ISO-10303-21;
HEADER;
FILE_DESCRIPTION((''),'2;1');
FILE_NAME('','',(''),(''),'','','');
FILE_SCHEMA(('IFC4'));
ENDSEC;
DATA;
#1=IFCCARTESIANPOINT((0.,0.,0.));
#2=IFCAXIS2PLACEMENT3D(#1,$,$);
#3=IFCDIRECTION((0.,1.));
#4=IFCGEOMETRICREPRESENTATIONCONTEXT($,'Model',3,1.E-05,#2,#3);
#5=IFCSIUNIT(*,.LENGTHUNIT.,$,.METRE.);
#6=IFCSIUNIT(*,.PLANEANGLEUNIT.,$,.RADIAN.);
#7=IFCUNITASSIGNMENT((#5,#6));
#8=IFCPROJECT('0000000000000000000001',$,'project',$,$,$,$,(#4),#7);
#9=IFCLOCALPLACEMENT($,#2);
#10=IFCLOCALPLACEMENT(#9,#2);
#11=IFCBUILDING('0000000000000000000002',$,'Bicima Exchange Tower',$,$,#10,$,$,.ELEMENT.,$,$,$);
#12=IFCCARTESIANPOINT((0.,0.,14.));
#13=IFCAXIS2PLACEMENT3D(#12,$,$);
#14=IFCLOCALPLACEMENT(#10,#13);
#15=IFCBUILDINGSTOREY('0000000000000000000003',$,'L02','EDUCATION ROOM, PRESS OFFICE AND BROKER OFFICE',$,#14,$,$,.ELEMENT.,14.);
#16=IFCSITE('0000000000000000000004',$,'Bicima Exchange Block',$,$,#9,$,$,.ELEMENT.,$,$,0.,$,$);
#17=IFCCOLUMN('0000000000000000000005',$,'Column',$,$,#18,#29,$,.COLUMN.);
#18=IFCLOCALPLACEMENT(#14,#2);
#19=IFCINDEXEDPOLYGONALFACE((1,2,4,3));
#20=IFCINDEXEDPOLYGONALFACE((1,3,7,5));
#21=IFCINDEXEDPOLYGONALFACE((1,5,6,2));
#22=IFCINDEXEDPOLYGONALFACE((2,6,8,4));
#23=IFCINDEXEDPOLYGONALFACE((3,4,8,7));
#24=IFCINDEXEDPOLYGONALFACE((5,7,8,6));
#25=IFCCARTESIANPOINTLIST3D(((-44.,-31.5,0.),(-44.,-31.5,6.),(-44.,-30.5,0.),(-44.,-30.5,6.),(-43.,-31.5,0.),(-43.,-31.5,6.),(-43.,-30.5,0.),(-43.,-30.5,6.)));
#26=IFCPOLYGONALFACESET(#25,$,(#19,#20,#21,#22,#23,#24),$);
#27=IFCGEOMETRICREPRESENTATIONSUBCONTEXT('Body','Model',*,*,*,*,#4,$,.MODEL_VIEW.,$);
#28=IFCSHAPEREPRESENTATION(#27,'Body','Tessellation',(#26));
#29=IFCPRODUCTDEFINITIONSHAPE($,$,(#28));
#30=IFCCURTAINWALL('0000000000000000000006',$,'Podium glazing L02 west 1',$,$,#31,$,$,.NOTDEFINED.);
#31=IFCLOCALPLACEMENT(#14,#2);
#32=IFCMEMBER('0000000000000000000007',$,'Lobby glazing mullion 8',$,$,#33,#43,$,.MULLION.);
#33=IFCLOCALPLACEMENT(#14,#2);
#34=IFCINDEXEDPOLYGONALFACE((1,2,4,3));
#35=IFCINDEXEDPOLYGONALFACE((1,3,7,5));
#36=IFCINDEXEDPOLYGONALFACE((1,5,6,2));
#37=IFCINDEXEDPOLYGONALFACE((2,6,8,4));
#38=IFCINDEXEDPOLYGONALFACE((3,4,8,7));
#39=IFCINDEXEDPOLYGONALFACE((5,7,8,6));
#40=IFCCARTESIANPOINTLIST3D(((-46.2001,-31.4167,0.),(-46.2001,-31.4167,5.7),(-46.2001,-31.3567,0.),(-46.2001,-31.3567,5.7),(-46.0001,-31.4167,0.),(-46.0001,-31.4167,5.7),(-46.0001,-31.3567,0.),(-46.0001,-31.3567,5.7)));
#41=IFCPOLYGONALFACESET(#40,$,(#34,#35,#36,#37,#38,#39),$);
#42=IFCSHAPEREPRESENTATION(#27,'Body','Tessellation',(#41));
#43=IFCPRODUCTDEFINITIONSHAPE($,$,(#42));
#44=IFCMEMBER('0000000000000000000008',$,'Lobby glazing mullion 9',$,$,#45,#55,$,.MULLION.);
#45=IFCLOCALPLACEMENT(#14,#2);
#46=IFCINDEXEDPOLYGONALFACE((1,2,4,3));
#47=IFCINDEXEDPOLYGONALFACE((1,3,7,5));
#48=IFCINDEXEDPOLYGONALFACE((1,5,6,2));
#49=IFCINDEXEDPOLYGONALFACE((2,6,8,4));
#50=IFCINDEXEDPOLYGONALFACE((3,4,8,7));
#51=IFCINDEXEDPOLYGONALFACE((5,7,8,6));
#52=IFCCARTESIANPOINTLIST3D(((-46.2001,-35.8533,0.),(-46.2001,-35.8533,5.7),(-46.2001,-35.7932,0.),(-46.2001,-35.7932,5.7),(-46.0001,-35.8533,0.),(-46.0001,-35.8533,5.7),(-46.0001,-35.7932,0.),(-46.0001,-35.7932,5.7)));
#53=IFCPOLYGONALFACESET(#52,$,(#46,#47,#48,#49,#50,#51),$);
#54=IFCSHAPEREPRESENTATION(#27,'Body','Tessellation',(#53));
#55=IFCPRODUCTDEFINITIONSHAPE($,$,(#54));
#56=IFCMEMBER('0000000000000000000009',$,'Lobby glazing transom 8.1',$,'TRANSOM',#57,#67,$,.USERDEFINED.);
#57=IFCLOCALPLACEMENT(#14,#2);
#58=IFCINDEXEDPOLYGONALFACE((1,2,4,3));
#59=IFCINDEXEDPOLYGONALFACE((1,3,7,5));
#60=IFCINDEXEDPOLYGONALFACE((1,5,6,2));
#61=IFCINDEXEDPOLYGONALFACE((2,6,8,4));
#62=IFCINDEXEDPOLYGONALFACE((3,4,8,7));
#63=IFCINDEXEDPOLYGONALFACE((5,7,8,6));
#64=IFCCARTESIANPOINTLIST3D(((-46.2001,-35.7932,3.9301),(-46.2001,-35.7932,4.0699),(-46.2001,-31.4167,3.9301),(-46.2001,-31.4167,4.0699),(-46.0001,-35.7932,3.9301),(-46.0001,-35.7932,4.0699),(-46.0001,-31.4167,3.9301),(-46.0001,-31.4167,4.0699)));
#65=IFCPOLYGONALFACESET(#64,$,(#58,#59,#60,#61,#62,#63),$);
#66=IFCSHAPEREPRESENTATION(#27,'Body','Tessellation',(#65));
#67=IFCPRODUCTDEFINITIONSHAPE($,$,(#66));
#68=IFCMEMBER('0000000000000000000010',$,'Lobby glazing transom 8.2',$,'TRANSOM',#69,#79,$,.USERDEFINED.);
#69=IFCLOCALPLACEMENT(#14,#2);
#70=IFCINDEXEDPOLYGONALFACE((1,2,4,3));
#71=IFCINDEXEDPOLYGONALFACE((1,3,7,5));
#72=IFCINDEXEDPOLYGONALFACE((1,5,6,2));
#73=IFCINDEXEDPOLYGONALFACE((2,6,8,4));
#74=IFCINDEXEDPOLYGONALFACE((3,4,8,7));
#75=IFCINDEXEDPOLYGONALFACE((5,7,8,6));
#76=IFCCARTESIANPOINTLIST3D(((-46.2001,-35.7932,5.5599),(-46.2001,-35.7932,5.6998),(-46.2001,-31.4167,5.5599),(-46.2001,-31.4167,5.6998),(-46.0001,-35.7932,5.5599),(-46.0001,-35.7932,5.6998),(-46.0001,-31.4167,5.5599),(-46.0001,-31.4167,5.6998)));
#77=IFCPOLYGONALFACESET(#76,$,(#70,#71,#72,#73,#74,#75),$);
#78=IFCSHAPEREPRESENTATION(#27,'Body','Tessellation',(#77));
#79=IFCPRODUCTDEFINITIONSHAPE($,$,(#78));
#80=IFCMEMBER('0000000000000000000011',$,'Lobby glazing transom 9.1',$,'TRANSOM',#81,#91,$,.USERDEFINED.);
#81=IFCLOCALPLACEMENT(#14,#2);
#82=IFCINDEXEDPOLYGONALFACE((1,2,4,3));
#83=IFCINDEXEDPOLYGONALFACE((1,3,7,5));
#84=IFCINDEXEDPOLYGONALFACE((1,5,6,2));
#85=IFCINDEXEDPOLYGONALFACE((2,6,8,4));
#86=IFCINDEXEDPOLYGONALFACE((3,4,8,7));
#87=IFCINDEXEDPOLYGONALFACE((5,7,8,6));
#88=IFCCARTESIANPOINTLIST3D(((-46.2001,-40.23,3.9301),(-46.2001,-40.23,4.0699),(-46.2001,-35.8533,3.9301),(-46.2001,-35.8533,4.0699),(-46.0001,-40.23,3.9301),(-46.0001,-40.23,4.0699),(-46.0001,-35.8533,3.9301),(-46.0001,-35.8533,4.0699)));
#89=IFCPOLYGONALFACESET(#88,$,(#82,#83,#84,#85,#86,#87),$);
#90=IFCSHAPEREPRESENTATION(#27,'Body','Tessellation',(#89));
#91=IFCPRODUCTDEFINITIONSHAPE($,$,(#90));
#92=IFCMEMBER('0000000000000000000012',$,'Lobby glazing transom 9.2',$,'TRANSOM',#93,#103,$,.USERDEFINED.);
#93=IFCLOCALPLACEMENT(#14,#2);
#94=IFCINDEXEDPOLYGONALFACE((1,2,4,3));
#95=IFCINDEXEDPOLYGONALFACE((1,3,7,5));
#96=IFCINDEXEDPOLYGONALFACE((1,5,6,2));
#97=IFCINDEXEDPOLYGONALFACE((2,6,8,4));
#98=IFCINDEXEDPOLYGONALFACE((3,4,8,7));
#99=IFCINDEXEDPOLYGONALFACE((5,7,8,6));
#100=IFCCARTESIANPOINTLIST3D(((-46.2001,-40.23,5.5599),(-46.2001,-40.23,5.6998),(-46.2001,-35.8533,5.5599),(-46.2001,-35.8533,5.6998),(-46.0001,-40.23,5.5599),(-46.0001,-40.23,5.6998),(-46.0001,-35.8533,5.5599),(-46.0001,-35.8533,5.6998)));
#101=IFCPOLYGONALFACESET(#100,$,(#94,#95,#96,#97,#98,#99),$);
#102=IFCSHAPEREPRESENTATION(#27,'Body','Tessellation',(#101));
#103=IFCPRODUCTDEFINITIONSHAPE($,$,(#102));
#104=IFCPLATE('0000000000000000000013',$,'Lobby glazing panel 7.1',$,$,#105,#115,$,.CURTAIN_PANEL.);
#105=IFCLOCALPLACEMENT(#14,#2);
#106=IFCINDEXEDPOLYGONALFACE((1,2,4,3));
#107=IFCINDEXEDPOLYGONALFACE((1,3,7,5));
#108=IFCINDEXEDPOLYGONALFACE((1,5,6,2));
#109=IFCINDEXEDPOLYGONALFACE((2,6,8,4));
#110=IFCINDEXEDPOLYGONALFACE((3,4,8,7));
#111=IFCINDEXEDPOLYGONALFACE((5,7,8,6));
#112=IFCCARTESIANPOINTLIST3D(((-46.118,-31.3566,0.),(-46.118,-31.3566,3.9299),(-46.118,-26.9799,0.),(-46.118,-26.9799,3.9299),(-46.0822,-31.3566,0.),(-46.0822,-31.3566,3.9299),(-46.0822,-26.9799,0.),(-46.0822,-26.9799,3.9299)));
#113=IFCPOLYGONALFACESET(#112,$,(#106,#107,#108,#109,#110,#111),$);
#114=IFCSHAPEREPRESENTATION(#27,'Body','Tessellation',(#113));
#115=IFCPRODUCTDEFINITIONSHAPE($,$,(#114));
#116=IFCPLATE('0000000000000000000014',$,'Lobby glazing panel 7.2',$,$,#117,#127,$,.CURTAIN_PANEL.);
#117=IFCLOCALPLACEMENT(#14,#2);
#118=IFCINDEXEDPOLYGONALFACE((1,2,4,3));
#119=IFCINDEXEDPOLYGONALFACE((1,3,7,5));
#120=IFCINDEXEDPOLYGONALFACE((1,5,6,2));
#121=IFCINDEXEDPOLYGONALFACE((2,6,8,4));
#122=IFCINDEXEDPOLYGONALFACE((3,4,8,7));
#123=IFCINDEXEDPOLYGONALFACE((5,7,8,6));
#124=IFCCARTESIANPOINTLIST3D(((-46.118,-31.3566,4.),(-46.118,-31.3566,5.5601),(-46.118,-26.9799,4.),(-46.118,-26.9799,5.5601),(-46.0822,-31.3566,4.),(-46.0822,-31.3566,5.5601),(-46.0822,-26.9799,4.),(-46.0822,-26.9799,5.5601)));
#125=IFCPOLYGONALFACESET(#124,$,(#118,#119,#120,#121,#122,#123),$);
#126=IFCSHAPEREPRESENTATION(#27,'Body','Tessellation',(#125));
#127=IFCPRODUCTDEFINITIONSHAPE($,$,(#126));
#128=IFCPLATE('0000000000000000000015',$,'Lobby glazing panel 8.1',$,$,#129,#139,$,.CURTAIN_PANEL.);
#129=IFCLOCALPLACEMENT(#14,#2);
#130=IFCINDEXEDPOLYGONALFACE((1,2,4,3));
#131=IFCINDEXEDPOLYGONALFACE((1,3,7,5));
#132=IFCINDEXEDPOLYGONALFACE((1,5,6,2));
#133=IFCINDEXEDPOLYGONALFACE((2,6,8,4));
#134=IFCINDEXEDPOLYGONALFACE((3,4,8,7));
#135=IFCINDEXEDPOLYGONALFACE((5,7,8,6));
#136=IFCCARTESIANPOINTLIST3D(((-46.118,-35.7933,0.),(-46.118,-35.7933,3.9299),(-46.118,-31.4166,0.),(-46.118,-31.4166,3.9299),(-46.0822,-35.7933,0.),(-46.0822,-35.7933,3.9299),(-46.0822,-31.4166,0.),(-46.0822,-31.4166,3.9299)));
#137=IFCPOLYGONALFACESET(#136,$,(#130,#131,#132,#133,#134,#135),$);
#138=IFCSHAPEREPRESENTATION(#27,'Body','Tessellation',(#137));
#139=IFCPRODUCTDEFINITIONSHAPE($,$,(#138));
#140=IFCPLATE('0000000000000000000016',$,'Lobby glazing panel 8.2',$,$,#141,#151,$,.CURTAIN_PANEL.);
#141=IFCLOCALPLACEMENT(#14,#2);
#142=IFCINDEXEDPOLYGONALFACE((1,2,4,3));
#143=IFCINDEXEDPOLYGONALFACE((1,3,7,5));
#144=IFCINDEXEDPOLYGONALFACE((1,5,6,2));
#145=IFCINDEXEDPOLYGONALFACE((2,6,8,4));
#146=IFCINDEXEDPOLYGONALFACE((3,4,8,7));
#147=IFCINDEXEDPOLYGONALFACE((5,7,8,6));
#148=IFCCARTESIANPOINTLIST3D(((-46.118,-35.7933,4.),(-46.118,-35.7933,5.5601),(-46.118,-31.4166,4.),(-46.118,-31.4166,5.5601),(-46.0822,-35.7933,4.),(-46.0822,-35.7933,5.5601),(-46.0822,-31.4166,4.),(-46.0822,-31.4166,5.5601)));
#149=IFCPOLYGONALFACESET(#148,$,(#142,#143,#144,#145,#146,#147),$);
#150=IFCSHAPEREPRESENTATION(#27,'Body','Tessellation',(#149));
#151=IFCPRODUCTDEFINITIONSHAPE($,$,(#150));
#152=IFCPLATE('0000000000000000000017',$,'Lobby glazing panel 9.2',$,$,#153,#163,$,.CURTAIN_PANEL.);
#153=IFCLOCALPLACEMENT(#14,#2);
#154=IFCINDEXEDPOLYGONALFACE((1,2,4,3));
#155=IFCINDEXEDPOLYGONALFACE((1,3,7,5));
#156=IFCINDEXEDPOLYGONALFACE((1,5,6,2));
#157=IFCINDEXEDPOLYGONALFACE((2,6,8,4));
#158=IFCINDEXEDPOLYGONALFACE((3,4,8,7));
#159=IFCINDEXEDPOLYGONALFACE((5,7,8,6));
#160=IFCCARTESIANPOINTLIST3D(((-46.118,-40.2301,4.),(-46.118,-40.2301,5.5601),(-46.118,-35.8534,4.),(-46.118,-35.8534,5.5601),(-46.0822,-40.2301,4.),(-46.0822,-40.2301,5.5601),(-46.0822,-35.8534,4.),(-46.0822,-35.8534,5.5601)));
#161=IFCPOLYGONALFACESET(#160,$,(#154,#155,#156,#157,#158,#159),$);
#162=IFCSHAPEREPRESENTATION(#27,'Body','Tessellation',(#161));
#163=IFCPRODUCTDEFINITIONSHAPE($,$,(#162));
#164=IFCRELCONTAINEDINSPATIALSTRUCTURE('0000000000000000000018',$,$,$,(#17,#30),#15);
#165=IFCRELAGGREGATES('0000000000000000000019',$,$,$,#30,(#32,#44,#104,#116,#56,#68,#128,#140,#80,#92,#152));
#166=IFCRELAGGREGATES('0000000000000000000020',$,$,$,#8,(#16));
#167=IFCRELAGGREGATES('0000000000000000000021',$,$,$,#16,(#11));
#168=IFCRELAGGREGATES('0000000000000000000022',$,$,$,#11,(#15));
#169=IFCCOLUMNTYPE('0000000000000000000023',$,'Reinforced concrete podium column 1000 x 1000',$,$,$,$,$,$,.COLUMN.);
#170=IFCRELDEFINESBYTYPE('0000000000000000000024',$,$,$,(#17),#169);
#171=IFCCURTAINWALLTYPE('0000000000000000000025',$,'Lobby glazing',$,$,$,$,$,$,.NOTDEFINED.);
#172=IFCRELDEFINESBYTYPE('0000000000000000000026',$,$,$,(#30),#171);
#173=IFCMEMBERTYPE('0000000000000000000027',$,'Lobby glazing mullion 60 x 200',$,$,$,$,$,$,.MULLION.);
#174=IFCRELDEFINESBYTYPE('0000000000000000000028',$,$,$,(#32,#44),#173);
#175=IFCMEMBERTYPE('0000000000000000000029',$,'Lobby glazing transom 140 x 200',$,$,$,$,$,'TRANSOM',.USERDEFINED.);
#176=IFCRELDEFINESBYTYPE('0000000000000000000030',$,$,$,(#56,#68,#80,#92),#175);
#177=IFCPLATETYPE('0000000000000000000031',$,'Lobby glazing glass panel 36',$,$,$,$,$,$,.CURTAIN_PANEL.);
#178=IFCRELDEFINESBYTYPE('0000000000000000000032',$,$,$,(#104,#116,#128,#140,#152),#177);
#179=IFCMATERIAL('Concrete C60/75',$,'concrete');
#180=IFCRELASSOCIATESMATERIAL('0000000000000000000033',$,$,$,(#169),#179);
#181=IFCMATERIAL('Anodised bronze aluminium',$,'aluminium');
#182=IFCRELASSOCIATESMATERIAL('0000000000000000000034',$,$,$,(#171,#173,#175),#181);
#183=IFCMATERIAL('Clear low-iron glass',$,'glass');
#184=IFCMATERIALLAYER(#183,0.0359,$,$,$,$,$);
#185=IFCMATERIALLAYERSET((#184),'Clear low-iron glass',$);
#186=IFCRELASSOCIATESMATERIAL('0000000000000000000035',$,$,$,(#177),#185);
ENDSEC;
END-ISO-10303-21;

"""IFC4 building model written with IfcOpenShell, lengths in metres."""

from ifc_helpers import new_model, si_unit, direction, frame, origin, origin_2d, place, context, subcontext, project, spatial, rectangle, extrude, material, layer, layer_set, material_profile, profile_set, type_object, element, aggregate, save


model = new_model("IFC4")

# Units and contexts
model_context = context("Model", 3, precision=1e-05, world=origin(), true_north=direction((0.0, 1.0)))
body_context = subcontext(model_context, "Body", "Model", "MODEL_VIEW")
ifc_project = project(units=[si_unit("LENGTHUNIT", "METRE"), si_unit("PLANEANGLEUNIT", "RADIAN")], contexts=[model_context])

# Site, building, storey
site_placement = place(None, origin())
site = spatial("IfcSite", under=ifc_project, at=site_placement, Name="Bicima Exchange Block", CompositionType="ELEMENT", RefElevation=0.0)
building_placement = place(site_placement, origin())
building = spatial("IfcBuilding", under=site, at=building_placement, Name="Bicima Exchange Tower", CompositionType="ELEMENT")
storey_placement = place(building_placement, frame((0.0, 0.0, 14.0)))
storey = spatial("IfcBuildingStorey", under=building, at=storey_placement, Name="L02", Description="EDUCATION ROOM, PRESS OFFICE AND BROKER OFFICE", CompositionType="ELEMENT", Elevation=14.0)

# Column
ifc_material_1 = material(Name="Concrete C60/75", Category="concrete")
ifc_material_profile_1 = material_profile(ifc_material_1, rectangle(XDim=1.0, YDim=1.0, at=origin_2d()))
ifc_profile_set_1 = profile_set([ifc_material_profile_1], Name="Concrete C60/75")
column_type = type_object("IfcColumnType", Name="Reinforced concrete podium column 1000 x 1000", PredefinedType="COLUMN", material=ifc_profile_set_1)
column_placement = place(storey_placement, frame((-43.5, -31.0, 0.0), z_axis=(0.0, 0.0, 1.0), x_axis=(1.0, 0.0, 0.0)))
element("IfcColumn", 1, at=column_placement, inside=storey, type_object=column_type, Name="Column", PredefinedType="COLUMN", context=body_context, shape_type="SweptSolid", body=[
    extrude(rectangle(XDim=1.0, YDim=1.0, at=origin_2d()), origin(), (0.0, 0.0, 1.0), 6.0),
])

# Curtain wall, members, plates
ifc_material_2 = material(Name="Anodised bronze aluminium", Category="aluminium")
curtain_wall_type = type_object("IfcCurtainWallType", Name="Lobby glazing", PredefinedType="NOTDEFINED", material=ifc_material_2)
curtain_wall_placement = place(storey_placement, origin())
curtain_wall = element("IfcCurtainWall", 2, at=curtain_wall_placement, inside=storey, type_object=curtain_wall_type, Name="Podium glazing L02 west 1", PredefinedType="NOTDEFINED")
ifc_material_profile_2 = material_profile(ifc_material_2, rectangle(XDim=0.2, YDim=0.0601, at=origin_2d()))
ifc_profile_set_2 = profile_set([ifc_material_profile_2], Name="Anodised bronze aluminium")
member_type_1 = type_object("IfcMemberType", Name="Lobby glazing mullion 60 x 200", PredefinedType="MULLION", material=ifc_profile_set_2)
member_1_placement = place(storey_placement, frame((-46.1001, -31.3867, 0.0), z_axis=(0.0, 0.0, 1.0), x_axis=(1.0, 0.0, 0.0)))
member_1 = element("IfcMember", 3, at=member_1_placement, type_object=member_type_1, Name="Lobby glazing mullion 8", PredefinedType="MULLION", context=body_context, shape_type="SweptSolid", body=[
    extrude(rectangle(XDim=0.2, YDim=0.0601, at=origin_2d()), origin(), (0.0, 0.0, 1.0), 5.7),
])
member_2_placement = place(storey_placement, frame((-46.1001, -35.8232, 0.0), z_axis=(0.0, 0.0, 1.0), x_axis=(1.0, 0.0, 0.0)))
member_2 = element("IfcMember", 4, at=member_2_placement, type_object=member_type_1, Name="Lobby glazing mullion 9", PredefinedType="MULLION", context=body_context, shape_type="SweptSolid", body=[
    extrude(rectangle(XDim=0.2, YDim=0.0601, at=origin_2d()), origin(), (0.0, 0.0, 1.0), 5.7),
])
ifc_material_profile_3 = material_profile(ifc_material_2, rectangle(XDim=0.2, YDim=0.1399, at=origin_2d()))
ifc_profile_set_3 = profile_set([ifc_material_profile_3], Name="Anodised bronze aluminium")
member_type_2 = type_object("IfcMemberType", Name="Lobby glazing transom 140 x 200", ElementType="TRANSOM", PredefinedType="USERDEFINED", material=ifc_profile_set_3)
member_3_placement = place(storey_placement, frame((-46.1001, -31.4167, 4.0), z_axis=(0.0, -1.0, 0.0), x_axis=(1.0, 0.0, 0.0)))
member_3 = element("IfcMember", 5, at=member_3_placement, type_object=member_type_2, Name="Lobby glazing transom 8.1", ObjectType="TRANSOM", PredefinedType="USERDEFINED", context=body_context, shape_type="SweptSolid", body=[
    extrude(rectangle(XDim=0.2, YDim=0.1399, at=origin_2d()), origin(), (0.0, 0.0, 1.0), 4.3765),
])
member_4_placement = place(storey_placement, frame((-46.1001, -31.4167, 5.6299), z_axis=(0.0, -1.0, 0.0), x_axis=(1.0, 0.0, 0.0)))
member_4 = element("IfcMember", 6, at=member_4_placement, type_object=member_type_2, Name="Lobby glazing transom 8.2", ObjectType="TRANSOM", PredefinedType="USERDEFINED", context=body_context, shape_type="SweptSolid", body=[
    extrude(rectangle(XDim=0.2, YDim=0.1399, at=origin_2d()), origin(), (0.0, 0.0, 1.0), 4.3765),
])
member_5_placement = place(storey_placement, frame((-46.1001, -35.8533, 4.0), z_axis=(0.0, -1.0, 0.0), x_axis=(1.0, 0.0, 0.0)))
member_5 = element("IfcMember", 7, at=member_5_placement, type_object=member_type_2, Name="Lobby glazing transom 9.1", ObjectType="TRANSOM", PredefinedType="USERDEFINED", context=body_context, shape_type="SweptSolid", body=[
    extrude(rectangle(XDim=0.2, YDim=0.1399, at=origin_2d()), origin(), (0.0, 0.0, 1.0), 4.3767),
])
member_6_placement = place(storey_placement, frame((-46.1001, -35.8533, 5.6299), z_axis=(0.0, -1.0, 0.0), x_axis=(1.0, 0.0, 0.0)))
member_6 = element("IfcMember", 8, at=member_6_placement, type_object=member_type_2, Name="Lobby glazing transom 9.2", ObjectType="TRANSOM", PredefinedType="USERDEFINED", context=body_context, shape_type="SweptSolid", body=[
    extrude(rectangle(XDim=0.2, YDim=0.1399, at=origin_2d()), origin(), (0.0, 0.0, 1.0), 4.3767),
])
ifc_material_3 = material(Name="Clear low-iron glass", Category="glass")
ifc_layer_1 = layer(ifc_material_3, 0.0359)
ifc_layer_set_1 = layer_set([ifc_layer_1], Name="Clear low-iron glass")
plate_type = type_object("IfcPlateType", Name="Lobby glazing glass panel 36", PredefinedType="CURTAIN_PANEL", material=ifc_layer_set_1)
plate_1_placement = place(storey_placement, frame((-46.1001, -29.1682, 0.0), z_axis=(0.0, 0.0, 1.0), x_axis=(0.0, -1.0, 0.0)))
plate_1 = element("IfcPlate", 9, at=plate_1_placement, type_object=plate_type, Name="Lobby glazing panel 7.1", PredefinedType="CURTAIN_PANEL", context=body_context, shape_type="SweptSolid", body=[
    extrude(rectangle(XDim=4.3767, YDim=0.0359, at=origin_2d()), origin(), (0.0, 0.0, 1.0), 3.9299),
])
plate_2_placement = place(storey_placement, frame((-46.1001, -29.1682, 4.0), z_axis=(0.0, 0.0, 1.0), x_axis=(0.0, -1.0, 0.0)))
plate_2 = element("IfcPlate", 10, at=plate_2_placement, type_object=plate_type, Name="Lobby glazing panel 7.2", PredefinedType="CURTAIN_PANEL", context=body_context, shape_type="SweptSolid", body=[
    extrude(rectangle(XDim=4.3767, YDim=0.0359, at=origin_2d()), origin(), (0.0, 0.0, 1.0), 1.5601),
])
plate_3_placement = place(storey_placement, frame((-46.1001, -33.605, 0.0), z_axis=(0.0, 0.0, 1.0), x_axis=(0.0, -1.0, 0.0)))
plate_3 = element("IfcPlate", 11, at=plate_3_placement, type_object=plate_type, Name="Lobby glazing panel 8.1", PredefinedType="CURTAIN_PANEL", context=body_context, shape_type="SweptSolid", body=[
    extrude(rectangle(XDim=4.3767, YDim=0.0359, at=origin_2d()), origin(), (0.0, 0.0, 1.0), 3.9299),
])
plate_4_placement = place(storey_placement, frame((-46.1001, -33.605, 4.0), z_axis=(0.0, 0.0, 1.0), x_axis=(0.0, -1.0, 0.0)))
plate_4 = element("IfcPlate", 12, at=plate_4_placement, type_object=plate_type, Name="Lobby glazing panel 8.2", PredefinedType="CURTAIN_PANEL", context=body_context, shape_type="SweptSolid", body=[
    extrude(rectangle(XDim=4.3767, YDim=0.0359, at=origin_2d()), origin(), (0.0, 0.0, 1.0), 1.5601),
])
plate_5_placement = place(storey_placement, frame((-46.1001, -38.0417, 4.0), z_axis=(0.0, 0.0, 1.0), x_axis=(0.0, -1.0, 0.0)))
plate_5 = element("IfcPlate", 13, at=plate_5_placement, type_object=plate_type, Name="Lobby glazing panel 9.2", PredefinedType="CURTAIN_PANEL", context=body_context, shape_type="SweptSolid", body=[
    extrude(rectangle(XDim=4.3767, YDim=0.0359, at=origin_2d()), origin(), (0.0, 0.0, 1.0), 1.5601),
])
aggregate(curtain_wall, [member_1, member_2, plate_1, plate_2, member_3, member_4, plate_3, plate_4, member_5, member_6, plate_5])

save(model, "model.ifc")
